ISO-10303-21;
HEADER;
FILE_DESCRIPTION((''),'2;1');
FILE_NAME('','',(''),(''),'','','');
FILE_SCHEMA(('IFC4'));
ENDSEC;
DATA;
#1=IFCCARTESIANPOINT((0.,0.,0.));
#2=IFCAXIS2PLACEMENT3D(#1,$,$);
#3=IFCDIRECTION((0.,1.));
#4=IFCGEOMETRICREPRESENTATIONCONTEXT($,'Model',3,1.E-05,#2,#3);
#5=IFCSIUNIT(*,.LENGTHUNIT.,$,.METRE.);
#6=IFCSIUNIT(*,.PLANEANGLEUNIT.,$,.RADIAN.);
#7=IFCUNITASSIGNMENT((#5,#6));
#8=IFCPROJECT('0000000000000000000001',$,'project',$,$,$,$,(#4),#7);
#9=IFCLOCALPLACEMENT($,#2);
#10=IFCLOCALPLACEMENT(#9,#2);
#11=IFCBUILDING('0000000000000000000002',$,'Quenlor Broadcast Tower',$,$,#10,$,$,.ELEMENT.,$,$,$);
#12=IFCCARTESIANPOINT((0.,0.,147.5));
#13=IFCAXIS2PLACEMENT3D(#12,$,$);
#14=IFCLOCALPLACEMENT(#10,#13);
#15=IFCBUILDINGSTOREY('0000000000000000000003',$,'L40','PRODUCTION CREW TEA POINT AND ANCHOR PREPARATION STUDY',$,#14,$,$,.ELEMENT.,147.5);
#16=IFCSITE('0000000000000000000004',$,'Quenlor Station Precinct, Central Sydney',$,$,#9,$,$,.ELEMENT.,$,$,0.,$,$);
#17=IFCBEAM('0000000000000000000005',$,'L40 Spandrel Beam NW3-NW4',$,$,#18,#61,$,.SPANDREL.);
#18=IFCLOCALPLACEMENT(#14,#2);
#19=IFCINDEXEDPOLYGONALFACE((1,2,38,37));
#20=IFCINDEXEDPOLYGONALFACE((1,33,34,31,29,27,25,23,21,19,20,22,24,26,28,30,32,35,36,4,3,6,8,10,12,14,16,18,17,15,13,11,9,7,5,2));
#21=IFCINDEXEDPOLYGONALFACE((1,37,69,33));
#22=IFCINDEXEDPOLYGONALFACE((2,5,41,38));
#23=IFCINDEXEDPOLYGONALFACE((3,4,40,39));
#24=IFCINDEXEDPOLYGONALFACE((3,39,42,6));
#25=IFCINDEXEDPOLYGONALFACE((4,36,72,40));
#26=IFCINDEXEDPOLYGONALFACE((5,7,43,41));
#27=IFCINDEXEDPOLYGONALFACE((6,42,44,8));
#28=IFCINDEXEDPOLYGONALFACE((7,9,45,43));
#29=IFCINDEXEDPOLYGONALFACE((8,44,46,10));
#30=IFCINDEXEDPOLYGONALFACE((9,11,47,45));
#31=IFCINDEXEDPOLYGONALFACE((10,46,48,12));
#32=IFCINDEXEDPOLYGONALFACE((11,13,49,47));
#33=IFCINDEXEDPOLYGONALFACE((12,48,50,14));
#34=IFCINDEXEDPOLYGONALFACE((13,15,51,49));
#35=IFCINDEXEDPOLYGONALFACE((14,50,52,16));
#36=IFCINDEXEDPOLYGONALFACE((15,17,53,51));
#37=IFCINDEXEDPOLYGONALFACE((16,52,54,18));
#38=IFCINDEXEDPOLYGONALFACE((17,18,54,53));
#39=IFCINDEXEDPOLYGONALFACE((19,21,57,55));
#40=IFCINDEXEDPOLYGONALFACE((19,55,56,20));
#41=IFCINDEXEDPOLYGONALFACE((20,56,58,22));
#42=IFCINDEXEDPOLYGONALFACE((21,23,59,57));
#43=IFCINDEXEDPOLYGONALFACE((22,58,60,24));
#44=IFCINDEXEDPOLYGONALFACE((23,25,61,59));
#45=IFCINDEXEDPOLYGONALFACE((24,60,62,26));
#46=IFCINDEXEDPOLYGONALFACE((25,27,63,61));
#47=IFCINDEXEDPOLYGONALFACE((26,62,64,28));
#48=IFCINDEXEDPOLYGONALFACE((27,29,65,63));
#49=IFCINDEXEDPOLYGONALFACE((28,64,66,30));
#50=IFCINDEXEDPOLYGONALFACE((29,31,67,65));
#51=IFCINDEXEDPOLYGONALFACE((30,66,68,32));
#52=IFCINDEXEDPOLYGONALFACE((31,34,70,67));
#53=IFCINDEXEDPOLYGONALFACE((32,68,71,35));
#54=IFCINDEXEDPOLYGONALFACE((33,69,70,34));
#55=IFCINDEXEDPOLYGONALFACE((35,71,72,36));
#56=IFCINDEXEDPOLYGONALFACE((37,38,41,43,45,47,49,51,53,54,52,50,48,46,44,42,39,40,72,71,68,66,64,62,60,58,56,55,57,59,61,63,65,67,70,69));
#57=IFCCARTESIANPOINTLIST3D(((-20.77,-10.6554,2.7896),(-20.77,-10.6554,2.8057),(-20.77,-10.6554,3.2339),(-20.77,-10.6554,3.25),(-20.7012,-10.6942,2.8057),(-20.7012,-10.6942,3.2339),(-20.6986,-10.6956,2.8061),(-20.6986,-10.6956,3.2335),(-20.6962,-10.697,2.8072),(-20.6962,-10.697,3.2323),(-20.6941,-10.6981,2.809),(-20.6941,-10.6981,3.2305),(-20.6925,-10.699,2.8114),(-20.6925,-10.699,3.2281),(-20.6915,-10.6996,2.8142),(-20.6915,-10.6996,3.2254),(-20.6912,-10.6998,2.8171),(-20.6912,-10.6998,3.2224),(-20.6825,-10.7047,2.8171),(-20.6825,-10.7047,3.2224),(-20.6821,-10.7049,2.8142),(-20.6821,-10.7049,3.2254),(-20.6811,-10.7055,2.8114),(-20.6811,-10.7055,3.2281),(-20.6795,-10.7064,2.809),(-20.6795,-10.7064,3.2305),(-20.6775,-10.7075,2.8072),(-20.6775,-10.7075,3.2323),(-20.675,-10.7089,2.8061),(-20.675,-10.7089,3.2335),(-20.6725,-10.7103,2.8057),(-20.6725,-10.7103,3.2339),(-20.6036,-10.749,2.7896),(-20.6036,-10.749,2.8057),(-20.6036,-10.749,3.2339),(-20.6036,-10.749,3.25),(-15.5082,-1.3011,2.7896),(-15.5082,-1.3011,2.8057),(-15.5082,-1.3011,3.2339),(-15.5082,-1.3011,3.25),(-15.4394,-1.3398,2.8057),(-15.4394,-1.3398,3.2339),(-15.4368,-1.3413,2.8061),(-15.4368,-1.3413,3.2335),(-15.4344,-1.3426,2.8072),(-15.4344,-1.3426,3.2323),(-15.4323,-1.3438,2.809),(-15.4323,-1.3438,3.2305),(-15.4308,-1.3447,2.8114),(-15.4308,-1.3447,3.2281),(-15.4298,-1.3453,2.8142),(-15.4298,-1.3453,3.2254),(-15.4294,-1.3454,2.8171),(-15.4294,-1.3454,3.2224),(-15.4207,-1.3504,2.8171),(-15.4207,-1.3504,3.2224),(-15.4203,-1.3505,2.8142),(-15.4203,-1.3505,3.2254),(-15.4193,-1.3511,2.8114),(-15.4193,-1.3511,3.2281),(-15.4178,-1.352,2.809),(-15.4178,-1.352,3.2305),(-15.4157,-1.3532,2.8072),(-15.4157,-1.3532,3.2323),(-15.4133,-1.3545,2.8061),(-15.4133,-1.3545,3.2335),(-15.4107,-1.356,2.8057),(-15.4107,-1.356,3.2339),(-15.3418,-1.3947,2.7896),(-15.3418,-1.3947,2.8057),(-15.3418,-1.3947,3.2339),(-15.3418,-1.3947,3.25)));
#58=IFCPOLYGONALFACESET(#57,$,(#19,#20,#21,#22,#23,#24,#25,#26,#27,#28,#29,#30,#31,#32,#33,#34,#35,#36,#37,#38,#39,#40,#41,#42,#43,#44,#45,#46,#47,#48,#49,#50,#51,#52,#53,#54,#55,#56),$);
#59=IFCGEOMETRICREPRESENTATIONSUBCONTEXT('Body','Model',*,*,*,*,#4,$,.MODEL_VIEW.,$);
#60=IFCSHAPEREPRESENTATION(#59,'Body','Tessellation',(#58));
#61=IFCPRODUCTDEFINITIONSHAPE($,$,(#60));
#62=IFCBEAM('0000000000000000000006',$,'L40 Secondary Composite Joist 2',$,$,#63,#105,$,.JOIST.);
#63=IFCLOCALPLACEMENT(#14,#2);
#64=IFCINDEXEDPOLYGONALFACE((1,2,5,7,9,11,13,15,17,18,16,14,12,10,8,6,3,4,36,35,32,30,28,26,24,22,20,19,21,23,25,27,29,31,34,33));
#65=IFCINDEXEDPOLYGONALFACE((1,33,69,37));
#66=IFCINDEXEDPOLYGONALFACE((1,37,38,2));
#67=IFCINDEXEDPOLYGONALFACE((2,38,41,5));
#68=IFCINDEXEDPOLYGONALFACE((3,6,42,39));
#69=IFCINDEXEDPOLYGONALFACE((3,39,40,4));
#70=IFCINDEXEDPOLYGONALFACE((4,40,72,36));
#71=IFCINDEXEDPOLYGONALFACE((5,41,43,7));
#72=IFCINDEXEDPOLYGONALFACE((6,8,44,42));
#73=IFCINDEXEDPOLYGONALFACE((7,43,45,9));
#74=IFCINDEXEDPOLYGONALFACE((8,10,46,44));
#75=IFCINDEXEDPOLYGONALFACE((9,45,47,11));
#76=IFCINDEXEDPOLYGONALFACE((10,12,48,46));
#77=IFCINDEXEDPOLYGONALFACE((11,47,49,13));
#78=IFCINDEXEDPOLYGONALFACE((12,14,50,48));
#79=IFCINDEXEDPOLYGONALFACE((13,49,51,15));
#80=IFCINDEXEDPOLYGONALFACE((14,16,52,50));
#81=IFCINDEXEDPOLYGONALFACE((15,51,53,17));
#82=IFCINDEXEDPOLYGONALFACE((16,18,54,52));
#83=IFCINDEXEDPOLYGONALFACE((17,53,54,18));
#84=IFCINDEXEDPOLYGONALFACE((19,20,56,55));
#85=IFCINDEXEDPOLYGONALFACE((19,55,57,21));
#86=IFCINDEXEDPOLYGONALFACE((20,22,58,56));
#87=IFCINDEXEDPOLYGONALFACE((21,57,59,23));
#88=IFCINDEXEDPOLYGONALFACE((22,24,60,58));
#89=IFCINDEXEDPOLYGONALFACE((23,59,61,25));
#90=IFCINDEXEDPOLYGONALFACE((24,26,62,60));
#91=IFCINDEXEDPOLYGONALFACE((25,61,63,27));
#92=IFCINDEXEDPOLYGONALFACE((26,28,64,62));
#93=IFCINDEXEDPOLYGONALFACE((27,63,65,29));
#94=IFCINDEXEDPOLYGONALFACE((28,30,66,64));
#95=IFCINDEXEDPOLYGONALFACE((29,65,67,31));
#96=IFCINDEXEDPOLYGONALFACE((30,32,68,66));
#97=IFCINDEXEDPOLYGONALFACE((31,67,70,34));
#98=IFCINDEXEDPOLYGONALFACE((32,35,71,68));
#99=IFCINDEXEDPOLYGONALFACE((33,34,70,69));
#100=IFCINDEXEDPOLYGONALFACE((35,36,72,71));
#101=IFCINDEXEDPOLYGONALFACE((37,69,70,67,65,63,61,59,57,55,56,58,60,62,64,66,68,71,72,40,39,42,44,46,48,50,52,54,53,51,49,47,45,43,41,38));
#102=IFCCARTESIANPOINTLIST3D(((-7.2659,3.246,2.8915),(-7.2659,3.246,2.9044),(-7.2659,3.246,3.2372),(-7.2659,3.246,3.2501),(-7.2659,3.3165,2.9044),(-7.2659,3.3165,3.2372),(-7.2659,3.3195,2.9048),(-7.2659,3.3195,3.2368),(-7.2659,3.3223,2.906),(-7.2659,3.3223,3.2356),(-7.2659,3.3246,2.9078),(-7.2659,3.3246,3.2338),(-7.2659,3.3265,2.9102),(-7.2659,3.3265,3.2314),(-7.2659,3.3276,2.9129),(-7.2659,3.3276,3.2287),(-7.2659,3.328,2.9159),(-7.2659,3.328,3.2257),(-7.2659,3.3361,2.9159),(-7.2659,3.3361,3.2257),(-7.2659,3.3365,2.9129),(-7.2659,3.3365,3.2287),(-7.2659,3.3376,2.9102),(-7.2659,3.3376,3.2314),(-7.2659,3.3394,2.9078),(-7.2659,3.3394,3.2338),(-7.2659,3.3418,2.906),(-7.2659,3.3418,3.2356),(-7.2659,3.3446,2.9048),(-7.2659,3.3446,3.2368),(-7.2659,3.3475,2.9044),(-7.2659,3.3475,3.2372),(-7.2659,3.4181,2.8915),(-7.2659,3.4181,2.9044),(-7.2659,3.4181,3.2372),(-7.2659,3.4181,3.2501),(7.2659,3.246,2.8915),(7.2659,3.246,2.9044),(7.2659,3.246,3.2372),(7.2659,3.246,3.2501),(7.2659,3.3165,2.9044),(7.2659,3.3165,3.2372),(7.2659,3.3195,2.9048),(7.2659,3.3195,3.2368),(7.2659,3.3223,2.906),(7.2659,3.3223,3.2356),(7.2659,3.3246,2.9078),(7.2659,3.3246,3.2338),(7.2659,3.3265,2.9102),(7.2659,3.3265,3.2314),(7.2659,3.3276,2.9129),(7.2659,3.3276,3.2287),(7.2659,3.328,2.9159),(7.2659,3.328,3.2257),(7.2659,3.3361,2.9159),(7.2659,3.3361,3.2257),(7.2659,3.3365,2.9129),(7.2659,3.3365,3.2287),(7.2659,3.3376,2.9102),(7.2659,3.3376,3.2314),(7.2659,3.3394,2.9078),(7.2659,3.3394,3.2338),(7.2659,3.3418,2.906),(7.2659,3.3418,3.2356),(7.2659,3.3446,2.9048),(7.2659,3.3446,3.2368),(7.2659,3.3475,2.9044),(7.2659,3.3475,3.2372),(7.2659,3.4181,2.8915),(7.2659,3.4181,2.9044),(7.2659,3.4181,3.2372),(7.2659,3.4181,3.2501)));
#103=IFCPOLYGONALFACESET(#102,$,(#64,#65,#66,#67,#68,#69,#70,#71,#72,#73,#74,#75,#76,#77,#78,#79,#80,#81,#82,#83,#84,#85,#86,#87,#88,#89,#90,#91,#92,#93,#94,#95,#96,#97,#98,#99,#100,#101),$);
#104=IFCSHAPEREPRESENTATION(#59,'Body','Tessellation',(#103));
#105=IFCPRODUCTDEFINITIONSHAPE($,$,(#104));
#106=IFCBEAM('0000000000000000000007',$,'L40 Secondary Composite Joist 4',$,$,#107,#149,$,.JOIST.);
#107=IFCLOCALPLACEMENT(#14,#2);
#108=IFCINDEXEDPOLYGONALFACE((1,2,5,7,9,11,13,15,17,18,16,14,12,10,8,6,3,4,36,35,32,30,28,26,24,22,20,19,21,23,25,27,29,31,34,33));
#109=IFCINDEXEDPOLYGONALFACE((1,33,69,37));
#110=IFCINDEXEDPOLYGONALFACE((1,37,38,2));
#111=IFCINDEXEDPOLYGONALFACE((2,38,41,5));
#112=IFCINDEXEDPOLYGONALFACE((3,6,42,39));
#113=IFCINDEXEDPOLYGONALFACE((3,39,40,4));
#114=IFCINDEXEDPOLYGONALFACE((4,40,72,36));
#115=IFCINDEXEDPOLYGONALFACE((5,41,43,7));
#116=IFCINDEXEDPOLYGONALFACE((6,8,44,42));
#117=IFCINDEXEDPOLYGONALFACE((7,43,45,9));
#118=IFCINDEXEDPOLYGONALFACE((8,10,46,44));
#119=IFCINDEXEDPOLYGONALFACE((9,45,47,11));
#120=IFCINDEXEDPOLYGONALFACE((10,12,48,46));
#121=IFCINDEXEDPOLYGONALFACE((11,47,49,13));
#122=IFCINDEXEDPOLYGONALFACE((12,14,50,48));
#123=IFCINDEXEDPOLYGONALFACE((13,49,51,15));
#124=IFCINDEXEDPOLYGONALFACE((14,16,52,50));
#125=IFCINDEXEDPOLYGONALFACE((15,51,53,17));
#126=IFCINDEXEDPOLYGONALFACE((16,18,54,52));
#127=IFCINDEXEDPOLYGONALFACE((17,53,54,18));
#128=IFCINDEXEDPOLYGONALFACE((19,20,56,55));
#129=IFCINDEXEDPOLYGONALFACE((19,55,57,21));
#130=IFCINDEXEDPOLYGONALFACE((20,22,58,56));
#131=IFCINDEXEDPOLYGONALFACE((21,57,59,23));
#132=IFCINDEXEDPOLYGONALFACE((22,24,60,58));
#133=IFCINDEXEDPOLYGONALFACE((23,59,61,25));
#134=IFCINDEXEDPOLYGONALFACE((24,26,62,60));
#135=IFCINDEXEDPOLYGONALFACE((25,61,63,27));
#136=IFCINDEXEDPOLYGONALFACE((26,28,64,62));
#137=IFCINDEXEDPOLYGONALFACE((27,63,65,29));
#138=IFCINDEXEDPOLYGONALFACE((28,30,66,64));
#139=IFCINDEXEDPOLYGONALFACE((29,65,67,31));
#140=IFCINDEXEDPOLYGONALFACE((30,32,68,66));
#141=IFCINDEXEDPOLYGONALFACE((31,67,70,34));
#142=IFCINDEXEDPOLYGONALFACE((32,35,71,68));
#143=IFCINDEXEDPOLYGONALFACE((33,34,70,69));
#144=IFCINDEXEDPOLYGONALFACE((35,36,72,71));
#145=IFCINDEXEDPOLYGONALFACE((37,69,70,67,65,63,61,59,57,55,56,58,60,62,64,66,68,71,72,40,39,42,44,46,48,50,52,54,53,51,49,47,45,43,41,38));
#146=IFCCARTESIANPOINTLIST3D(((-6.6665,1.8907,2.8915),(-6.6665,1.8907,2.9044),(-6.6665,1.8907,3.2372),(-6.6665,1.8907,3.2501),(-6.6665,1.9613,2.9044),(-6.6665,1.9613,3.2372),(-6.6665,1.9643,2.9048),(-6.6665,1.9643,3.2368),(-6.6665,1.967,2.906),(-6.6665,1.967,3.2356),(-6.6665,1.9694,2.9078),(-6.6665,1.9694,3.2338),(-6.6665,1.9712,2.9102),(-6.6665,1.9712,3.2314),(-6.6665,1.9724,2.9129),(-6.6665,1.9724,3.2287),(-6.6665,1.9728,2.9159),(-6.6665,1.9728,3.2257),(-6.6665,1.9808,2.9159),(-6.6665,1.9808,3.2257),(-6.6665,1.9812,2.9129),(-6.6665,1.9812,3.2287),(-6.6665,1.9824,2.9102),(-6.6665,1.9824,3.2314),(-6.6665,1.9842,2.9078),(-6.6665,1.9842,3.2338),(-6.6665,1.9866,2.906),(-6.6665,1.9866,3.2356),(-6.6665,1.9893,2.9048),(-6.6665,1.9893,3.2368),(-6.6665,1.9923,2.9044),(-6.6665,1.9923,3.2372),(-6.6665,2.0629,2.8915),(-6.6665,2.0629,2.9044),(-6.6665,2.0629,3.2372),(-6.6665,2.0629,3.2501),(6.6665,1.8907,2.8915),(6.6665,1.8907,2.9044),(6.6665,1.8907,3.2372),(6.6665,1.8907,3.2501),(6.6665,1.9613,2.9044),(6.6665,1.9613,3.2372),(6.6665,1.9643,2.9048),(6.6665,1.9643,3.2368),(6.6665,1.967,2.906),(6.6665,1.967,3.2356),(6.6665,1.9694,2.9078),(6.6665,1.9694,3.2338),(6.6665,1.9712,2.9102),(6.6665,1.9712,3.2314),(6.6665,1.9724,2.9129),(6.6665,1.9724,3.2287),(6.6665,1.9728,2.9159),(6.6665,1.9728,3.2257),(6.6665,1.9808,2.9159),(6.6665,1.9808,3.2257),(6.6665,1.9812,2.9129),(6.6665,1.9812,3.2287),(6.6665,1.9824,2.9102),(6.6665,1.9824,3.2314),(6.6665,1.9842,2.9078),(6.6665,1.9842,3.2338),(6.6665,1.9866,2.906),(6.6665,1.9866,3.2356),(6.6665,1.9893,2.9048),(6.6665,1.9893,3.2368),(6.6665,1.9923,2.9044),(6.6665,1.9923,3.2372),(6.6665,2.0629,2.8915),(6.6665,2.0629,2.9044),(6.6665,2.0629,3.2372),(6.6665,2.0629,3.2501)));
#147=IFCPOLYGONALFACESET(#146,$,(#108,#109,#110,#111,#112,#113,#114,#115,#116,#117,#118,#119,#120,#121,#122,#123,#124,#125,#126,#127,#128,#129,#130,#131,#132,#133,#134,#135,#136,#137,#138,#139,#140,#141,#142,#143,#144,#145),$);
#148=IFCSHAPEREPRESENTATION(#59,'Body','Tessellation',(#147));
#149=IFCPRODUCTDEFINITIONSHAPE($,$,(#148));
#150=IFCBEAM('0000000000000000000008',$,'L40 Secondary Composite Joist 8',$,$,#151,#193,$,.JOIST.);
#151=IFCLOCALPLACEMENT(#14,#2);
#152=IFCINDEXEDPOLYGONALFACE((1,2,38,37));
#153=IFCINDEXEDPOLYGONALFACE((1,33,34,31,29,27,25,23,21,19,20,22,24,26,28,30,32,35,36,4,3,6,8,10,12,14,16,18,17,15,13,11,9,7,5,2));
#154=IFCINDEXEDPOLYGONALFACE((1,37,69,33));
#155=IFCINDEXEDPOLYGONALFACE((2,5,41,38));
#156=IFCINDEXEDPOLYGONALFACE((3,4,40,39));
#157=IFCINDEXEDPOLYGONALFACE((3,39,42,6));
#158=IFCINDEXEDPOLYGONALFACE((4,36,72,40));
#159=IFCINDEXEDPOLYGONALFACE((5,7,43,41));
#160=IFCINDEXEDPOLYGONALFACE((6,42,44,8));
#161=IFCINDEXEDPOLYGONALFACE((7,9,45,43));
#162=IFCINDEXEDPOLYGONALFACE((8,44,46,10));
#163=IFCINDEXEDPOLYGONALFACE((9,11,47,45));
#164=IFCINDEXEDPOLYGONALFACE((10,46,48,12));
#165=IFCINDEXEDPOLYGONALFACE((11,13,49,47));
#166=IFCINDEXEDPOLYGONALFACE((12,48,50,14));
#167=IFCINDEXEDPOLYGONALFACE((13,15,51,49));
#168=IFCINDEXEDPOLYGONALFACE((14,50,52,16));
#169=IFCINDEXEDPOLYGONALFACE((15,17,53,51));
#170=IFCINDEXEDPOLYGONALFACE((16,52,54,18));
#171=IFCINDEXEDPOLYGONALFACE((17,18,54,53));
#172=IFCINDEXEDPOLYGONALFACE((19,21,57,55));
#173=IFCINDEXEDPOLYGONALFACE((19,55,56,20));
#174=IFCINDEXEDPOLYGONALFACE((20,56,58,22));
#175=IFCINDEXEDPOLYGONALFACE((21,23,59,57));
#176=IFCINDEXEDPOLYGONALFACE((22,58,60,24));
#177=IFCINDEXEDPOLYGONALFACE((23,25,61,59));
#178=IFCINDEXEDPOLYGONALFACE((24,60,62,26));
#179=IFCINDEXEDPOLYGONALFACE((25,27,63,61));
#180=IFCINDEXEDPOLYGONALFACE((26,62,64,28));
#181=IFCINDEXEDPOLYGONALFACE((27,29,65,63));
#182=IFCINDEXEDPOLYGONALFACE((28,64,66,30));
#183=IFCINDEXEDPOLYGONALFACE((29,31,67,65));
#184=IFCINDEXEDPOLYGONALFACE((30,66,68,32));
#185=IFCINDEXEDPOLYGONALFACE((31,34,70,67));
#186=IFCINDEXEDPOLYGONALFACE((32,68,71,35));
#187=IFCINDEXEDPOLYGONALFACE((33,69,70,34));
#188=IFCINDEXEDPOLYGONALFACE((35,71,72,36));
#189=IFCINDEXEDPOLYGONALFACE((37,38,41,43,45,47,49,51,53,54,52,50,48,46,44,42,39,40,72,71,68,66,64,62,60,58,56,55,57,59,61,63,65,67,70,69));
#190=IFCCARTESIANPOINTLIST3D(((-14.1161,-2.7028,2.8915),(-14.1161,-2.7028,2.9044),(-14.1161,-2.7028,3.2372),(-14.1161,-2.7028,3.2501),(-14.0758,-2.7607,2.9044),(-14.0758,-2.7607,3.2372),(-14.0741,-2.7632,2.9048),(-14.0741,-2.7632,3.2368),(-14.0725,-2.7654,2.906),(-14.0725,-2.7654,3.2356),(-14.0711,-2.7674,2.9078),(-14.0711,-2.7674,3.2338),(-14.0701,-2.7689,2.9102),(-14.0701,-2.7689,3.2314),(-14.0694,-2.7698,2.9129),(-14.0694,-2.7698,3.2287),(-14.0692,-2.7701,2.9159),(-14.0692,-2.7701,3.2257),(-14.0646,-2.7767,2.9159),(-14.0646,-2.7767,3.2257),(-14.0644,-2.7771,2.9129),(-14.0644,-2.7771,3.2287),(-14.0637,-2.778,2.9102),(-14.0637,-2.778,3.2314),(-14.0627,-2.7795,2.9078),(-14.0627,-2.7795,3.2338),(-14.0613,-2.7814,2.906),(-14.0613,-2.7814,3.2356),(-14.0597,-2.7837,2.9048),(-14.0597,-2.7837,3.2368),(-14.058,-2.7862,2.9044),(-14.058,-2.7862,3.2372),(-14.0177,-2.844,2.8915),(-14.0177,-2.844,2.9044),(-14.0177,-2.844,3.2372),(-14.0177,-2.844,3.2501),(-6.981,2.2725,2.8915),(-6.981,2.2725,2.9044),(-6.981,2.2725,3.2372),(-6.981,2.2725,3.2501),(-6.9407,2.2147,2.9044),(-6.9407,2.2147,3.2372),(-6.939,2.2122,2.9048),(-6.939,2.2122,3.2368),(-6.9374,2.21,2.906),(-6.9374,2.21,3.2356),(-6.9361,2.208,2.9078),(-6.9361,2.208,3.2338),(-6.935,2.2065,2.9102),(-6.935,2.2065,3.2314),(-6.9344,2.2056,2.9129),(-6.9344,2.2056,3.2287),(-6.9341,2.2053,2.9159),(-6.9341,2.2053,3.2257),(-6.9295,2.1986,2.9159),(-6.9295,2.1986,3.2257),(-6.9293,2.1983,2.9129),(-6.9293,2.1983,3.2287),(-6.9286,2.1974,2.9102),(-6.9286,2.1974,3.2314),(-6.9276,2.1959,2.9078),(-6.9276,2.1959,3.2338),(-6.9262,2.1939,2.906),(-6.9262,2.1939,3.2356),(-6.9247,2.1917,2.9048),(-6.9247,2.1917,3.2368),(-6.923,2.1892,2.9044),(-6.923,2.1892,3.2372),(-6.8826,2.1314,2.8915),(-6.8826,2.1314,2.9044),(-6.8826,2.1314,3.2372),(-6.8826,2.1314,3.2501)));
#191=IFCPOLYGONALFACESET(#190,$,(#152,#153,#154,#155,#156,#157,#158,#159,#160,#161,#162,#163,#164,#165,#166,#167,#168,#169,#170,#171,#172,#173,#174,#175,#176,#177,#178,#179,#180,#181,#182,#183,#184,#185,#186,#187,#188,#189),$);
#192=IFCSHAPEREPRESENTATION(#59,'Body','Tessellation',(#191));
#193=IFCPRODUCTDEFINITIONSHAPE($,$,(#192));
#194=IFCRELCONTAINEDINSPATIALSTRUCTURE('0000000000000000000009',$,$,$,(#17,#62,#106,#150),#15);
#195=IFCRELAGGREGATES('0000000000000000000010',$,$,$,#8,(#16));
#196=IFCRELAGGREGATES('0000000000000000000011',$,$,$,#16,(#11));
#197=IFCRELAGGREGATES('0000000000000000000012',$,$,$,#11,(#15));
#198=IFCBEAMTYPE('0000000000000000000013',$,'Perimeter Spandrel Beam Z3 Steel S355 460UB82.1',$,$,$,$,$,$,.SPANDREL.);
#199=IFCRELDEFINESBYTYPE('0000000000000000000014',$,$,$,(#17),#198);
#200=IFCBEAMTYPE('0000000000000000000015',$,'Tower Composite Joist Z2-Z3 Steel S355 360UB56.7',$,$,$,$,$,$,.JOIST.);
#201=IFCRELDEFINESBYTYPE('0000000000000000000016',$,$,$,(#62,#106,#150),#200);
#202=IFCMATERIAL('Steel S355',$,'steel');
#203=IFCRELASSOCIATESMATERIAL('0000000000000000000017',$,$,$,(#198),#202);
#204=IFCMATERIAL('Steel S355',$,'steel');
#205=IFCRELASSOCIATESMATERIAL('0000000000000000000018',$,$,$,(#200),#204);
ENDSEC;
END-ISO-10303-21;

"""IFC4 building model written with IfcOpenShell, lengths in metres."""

from ifc_helpers import new_model, si_unit, direction, frame, origin, origin_2d, place, context, subcontext, project, spatial, i_section, extrude, material, material_profile, profile_set, type_object, element, save


model = new_model("IFC4")

# Units and contexts
model_context = context("Model", 3, precision=1e-05, world=origin(), true_north=direction((0.0, 1.0)))
body_context = subcontext(model_context, "Body", "Model", "MODEL_VIEW")
ifc_project = project(units=[si_unit("LENGTHUNIT", "METRE"), si_unit("PLANEANGLEUNIT", "RADIAN")], contexts=[model_context])

# Site, building, storey
site_placement = place(None, origin())
site = spatial("IfcSite", under=ifc_project, at=site_placement, Name="Quenlor Station Precinct, Central Sydney", CompositionType="ELEMENT", RefElevation=0.0)
building_placement = place(site_placement, origin())
building = spatial("IfcBuilding", under=site, at=building_placement, Name="Quenlor Broadcast Tower", CompositionType="ELEMENT")
storey_placement = place(building_placement, frame((0.0, 0.0, 147.5)))
storey = spatial("IfcBuildingStorey", under=building, at=storey_placement, Name="L40", Description="PRODUCTION CREW TEA POINT AND ANCHOR PREPARATION STUDY", CompositionType="ELEMENT", Elevation=147.5)

# Beams
ifc_material_1 = material(Name="Steel S355", Category="steel")
ifc_material_profile_1 = material_profile(ifc_material_1, i_section(OverallWidth=0.1909, OverallDepth=0.4604, WebThickness=0.01, FlangeThickness=0.0161, FilletRadius=0.0115, at=origin_2d()))
ifc_profile_set_1 = profile_set([ifc_material_profile_1], Name="Steel S355 460UB82.1")
beam_type_1 = type_object("IfcBeamType", Name="Perimeter Spandrel Beam Z3 Steel S355 460UB82.1", PredefinedType="SPANDREL", material=ifc_profile_set_1)
beam_1_placement = place(storey_placement, frame((-15.425, -1.3479, 3.0198), z_axis=(-0.490258, -0.871577, 0.0), x_axis=(0.871577, -0.490258, 0.0)))
element("IfcBeam", 1, at=beam_1_placement, inside=storey, type_object=beam_type_1, Name="L40 Spandrel Beam NW3-NW4", PredefinedType="SPANDREL", context=body_context, shape_type="SweptSolid", body=[
    extrude(i_section(OverallWidth=0.1909, OverallDepth=0.4604, WebThickness=0.01, FlangeThickness=0.0161, FilletRadius=0.0115, at=origin_2d()), origin(), (0.0, 0.0, 1.0), 10.7327),
])
ifc_material_2 = material(Name="Steel S355", Category="steel")
ifc_material_profile_2 = material_profile(ifc_material_2, i_section(OverallWidth=0.1721, OverallDepth=0.3586, WebThickness=0.0081, FlangeThickness=0.0129, FilletRadius=0.0115, at=origin_2d()))
ifc_profile_set_2 = profile_set([ifc_material_profile_2], Name="Steel S355 360UB56.7")
beam_type_2 = type_object("IfcBeamType", Name="Tower Composite Joist Z2-Z3 Steel S355 360UB56.7", PredefinedType="JOIST", material=ifc_profile_set_2)
beam_2_placement = place(storey_placement, frame((-7.2659, 3.332, 3.0708), z_axis=(1.0, 0.0, 0.0), x_axis=(0.0, 1.0, 0.0)))
element("IfcBeam", 2, at=beam_2_placement, inside=storey, type_object=beam_type_2, Name="L40 Secondary Composite Joist 2", PredefinedType="JOIST", context=body_context, shape_type="SweptSolid", body=[
    extrude(i_section(OverallWidth=0.1721, OverallDepth=0.3586, WebThickness=0.0081, FlangeThickness=0.0129, FilletRadius=0.0115, at=origin_2d()), origin(), (0.0, 0.0, 1.0), 14.5317),
])
beam_3_placement = place(storey_placement, frame((-6.6665, 1.9768, 3.0708), z_axis=(1.0, 0.0, 0.0), x_axis=(0.0, 1.0, 0.0)))
element("IfcBeam", 3, at=beam_3_placement, inside=storey, type_object=beam_type_2, Name="L40 Secondary Composite Joist 4", PredefinedType="JOIST", context=body_context, shape_type="SweptSolid", body=[
    extrude(i_section(OverallWidth=0.1721, OverallDepth=0.3586, WebThickness=0.0081, FlangeThickness=0.0129, FilletRadius=0.0115, at=origin_2d()), origin(), (0.0, 0.0, 1.0), 13.333),
])
beam_4_placement = place(storey_placement, frame((-14.0669, -2.7734, 3.0708), z_axis=(0.820266, 0.571983, 0.0), x_axis=(-0.571983, 0.820266, 0.0)))
element("IfcBeam", 4, at=beam_4_placement, inside=storey, type_object=beam_type_2, Name="L40 Secondary Composite Joist 8", PredefinedType="JOIST", context=body_context, shape_type="SweptSolid", body=[
    extrude(i_section(OverallWidth=0.1721, OverallDepth=0.3586, WebThickness=0.0081, FlangeThickness=0.0129, FilletRadius=0.0115, at=origin_2d()), origin(), (0.0, 0.0, 1.0), 8.6985),
])

save(model, "model.ifc")
